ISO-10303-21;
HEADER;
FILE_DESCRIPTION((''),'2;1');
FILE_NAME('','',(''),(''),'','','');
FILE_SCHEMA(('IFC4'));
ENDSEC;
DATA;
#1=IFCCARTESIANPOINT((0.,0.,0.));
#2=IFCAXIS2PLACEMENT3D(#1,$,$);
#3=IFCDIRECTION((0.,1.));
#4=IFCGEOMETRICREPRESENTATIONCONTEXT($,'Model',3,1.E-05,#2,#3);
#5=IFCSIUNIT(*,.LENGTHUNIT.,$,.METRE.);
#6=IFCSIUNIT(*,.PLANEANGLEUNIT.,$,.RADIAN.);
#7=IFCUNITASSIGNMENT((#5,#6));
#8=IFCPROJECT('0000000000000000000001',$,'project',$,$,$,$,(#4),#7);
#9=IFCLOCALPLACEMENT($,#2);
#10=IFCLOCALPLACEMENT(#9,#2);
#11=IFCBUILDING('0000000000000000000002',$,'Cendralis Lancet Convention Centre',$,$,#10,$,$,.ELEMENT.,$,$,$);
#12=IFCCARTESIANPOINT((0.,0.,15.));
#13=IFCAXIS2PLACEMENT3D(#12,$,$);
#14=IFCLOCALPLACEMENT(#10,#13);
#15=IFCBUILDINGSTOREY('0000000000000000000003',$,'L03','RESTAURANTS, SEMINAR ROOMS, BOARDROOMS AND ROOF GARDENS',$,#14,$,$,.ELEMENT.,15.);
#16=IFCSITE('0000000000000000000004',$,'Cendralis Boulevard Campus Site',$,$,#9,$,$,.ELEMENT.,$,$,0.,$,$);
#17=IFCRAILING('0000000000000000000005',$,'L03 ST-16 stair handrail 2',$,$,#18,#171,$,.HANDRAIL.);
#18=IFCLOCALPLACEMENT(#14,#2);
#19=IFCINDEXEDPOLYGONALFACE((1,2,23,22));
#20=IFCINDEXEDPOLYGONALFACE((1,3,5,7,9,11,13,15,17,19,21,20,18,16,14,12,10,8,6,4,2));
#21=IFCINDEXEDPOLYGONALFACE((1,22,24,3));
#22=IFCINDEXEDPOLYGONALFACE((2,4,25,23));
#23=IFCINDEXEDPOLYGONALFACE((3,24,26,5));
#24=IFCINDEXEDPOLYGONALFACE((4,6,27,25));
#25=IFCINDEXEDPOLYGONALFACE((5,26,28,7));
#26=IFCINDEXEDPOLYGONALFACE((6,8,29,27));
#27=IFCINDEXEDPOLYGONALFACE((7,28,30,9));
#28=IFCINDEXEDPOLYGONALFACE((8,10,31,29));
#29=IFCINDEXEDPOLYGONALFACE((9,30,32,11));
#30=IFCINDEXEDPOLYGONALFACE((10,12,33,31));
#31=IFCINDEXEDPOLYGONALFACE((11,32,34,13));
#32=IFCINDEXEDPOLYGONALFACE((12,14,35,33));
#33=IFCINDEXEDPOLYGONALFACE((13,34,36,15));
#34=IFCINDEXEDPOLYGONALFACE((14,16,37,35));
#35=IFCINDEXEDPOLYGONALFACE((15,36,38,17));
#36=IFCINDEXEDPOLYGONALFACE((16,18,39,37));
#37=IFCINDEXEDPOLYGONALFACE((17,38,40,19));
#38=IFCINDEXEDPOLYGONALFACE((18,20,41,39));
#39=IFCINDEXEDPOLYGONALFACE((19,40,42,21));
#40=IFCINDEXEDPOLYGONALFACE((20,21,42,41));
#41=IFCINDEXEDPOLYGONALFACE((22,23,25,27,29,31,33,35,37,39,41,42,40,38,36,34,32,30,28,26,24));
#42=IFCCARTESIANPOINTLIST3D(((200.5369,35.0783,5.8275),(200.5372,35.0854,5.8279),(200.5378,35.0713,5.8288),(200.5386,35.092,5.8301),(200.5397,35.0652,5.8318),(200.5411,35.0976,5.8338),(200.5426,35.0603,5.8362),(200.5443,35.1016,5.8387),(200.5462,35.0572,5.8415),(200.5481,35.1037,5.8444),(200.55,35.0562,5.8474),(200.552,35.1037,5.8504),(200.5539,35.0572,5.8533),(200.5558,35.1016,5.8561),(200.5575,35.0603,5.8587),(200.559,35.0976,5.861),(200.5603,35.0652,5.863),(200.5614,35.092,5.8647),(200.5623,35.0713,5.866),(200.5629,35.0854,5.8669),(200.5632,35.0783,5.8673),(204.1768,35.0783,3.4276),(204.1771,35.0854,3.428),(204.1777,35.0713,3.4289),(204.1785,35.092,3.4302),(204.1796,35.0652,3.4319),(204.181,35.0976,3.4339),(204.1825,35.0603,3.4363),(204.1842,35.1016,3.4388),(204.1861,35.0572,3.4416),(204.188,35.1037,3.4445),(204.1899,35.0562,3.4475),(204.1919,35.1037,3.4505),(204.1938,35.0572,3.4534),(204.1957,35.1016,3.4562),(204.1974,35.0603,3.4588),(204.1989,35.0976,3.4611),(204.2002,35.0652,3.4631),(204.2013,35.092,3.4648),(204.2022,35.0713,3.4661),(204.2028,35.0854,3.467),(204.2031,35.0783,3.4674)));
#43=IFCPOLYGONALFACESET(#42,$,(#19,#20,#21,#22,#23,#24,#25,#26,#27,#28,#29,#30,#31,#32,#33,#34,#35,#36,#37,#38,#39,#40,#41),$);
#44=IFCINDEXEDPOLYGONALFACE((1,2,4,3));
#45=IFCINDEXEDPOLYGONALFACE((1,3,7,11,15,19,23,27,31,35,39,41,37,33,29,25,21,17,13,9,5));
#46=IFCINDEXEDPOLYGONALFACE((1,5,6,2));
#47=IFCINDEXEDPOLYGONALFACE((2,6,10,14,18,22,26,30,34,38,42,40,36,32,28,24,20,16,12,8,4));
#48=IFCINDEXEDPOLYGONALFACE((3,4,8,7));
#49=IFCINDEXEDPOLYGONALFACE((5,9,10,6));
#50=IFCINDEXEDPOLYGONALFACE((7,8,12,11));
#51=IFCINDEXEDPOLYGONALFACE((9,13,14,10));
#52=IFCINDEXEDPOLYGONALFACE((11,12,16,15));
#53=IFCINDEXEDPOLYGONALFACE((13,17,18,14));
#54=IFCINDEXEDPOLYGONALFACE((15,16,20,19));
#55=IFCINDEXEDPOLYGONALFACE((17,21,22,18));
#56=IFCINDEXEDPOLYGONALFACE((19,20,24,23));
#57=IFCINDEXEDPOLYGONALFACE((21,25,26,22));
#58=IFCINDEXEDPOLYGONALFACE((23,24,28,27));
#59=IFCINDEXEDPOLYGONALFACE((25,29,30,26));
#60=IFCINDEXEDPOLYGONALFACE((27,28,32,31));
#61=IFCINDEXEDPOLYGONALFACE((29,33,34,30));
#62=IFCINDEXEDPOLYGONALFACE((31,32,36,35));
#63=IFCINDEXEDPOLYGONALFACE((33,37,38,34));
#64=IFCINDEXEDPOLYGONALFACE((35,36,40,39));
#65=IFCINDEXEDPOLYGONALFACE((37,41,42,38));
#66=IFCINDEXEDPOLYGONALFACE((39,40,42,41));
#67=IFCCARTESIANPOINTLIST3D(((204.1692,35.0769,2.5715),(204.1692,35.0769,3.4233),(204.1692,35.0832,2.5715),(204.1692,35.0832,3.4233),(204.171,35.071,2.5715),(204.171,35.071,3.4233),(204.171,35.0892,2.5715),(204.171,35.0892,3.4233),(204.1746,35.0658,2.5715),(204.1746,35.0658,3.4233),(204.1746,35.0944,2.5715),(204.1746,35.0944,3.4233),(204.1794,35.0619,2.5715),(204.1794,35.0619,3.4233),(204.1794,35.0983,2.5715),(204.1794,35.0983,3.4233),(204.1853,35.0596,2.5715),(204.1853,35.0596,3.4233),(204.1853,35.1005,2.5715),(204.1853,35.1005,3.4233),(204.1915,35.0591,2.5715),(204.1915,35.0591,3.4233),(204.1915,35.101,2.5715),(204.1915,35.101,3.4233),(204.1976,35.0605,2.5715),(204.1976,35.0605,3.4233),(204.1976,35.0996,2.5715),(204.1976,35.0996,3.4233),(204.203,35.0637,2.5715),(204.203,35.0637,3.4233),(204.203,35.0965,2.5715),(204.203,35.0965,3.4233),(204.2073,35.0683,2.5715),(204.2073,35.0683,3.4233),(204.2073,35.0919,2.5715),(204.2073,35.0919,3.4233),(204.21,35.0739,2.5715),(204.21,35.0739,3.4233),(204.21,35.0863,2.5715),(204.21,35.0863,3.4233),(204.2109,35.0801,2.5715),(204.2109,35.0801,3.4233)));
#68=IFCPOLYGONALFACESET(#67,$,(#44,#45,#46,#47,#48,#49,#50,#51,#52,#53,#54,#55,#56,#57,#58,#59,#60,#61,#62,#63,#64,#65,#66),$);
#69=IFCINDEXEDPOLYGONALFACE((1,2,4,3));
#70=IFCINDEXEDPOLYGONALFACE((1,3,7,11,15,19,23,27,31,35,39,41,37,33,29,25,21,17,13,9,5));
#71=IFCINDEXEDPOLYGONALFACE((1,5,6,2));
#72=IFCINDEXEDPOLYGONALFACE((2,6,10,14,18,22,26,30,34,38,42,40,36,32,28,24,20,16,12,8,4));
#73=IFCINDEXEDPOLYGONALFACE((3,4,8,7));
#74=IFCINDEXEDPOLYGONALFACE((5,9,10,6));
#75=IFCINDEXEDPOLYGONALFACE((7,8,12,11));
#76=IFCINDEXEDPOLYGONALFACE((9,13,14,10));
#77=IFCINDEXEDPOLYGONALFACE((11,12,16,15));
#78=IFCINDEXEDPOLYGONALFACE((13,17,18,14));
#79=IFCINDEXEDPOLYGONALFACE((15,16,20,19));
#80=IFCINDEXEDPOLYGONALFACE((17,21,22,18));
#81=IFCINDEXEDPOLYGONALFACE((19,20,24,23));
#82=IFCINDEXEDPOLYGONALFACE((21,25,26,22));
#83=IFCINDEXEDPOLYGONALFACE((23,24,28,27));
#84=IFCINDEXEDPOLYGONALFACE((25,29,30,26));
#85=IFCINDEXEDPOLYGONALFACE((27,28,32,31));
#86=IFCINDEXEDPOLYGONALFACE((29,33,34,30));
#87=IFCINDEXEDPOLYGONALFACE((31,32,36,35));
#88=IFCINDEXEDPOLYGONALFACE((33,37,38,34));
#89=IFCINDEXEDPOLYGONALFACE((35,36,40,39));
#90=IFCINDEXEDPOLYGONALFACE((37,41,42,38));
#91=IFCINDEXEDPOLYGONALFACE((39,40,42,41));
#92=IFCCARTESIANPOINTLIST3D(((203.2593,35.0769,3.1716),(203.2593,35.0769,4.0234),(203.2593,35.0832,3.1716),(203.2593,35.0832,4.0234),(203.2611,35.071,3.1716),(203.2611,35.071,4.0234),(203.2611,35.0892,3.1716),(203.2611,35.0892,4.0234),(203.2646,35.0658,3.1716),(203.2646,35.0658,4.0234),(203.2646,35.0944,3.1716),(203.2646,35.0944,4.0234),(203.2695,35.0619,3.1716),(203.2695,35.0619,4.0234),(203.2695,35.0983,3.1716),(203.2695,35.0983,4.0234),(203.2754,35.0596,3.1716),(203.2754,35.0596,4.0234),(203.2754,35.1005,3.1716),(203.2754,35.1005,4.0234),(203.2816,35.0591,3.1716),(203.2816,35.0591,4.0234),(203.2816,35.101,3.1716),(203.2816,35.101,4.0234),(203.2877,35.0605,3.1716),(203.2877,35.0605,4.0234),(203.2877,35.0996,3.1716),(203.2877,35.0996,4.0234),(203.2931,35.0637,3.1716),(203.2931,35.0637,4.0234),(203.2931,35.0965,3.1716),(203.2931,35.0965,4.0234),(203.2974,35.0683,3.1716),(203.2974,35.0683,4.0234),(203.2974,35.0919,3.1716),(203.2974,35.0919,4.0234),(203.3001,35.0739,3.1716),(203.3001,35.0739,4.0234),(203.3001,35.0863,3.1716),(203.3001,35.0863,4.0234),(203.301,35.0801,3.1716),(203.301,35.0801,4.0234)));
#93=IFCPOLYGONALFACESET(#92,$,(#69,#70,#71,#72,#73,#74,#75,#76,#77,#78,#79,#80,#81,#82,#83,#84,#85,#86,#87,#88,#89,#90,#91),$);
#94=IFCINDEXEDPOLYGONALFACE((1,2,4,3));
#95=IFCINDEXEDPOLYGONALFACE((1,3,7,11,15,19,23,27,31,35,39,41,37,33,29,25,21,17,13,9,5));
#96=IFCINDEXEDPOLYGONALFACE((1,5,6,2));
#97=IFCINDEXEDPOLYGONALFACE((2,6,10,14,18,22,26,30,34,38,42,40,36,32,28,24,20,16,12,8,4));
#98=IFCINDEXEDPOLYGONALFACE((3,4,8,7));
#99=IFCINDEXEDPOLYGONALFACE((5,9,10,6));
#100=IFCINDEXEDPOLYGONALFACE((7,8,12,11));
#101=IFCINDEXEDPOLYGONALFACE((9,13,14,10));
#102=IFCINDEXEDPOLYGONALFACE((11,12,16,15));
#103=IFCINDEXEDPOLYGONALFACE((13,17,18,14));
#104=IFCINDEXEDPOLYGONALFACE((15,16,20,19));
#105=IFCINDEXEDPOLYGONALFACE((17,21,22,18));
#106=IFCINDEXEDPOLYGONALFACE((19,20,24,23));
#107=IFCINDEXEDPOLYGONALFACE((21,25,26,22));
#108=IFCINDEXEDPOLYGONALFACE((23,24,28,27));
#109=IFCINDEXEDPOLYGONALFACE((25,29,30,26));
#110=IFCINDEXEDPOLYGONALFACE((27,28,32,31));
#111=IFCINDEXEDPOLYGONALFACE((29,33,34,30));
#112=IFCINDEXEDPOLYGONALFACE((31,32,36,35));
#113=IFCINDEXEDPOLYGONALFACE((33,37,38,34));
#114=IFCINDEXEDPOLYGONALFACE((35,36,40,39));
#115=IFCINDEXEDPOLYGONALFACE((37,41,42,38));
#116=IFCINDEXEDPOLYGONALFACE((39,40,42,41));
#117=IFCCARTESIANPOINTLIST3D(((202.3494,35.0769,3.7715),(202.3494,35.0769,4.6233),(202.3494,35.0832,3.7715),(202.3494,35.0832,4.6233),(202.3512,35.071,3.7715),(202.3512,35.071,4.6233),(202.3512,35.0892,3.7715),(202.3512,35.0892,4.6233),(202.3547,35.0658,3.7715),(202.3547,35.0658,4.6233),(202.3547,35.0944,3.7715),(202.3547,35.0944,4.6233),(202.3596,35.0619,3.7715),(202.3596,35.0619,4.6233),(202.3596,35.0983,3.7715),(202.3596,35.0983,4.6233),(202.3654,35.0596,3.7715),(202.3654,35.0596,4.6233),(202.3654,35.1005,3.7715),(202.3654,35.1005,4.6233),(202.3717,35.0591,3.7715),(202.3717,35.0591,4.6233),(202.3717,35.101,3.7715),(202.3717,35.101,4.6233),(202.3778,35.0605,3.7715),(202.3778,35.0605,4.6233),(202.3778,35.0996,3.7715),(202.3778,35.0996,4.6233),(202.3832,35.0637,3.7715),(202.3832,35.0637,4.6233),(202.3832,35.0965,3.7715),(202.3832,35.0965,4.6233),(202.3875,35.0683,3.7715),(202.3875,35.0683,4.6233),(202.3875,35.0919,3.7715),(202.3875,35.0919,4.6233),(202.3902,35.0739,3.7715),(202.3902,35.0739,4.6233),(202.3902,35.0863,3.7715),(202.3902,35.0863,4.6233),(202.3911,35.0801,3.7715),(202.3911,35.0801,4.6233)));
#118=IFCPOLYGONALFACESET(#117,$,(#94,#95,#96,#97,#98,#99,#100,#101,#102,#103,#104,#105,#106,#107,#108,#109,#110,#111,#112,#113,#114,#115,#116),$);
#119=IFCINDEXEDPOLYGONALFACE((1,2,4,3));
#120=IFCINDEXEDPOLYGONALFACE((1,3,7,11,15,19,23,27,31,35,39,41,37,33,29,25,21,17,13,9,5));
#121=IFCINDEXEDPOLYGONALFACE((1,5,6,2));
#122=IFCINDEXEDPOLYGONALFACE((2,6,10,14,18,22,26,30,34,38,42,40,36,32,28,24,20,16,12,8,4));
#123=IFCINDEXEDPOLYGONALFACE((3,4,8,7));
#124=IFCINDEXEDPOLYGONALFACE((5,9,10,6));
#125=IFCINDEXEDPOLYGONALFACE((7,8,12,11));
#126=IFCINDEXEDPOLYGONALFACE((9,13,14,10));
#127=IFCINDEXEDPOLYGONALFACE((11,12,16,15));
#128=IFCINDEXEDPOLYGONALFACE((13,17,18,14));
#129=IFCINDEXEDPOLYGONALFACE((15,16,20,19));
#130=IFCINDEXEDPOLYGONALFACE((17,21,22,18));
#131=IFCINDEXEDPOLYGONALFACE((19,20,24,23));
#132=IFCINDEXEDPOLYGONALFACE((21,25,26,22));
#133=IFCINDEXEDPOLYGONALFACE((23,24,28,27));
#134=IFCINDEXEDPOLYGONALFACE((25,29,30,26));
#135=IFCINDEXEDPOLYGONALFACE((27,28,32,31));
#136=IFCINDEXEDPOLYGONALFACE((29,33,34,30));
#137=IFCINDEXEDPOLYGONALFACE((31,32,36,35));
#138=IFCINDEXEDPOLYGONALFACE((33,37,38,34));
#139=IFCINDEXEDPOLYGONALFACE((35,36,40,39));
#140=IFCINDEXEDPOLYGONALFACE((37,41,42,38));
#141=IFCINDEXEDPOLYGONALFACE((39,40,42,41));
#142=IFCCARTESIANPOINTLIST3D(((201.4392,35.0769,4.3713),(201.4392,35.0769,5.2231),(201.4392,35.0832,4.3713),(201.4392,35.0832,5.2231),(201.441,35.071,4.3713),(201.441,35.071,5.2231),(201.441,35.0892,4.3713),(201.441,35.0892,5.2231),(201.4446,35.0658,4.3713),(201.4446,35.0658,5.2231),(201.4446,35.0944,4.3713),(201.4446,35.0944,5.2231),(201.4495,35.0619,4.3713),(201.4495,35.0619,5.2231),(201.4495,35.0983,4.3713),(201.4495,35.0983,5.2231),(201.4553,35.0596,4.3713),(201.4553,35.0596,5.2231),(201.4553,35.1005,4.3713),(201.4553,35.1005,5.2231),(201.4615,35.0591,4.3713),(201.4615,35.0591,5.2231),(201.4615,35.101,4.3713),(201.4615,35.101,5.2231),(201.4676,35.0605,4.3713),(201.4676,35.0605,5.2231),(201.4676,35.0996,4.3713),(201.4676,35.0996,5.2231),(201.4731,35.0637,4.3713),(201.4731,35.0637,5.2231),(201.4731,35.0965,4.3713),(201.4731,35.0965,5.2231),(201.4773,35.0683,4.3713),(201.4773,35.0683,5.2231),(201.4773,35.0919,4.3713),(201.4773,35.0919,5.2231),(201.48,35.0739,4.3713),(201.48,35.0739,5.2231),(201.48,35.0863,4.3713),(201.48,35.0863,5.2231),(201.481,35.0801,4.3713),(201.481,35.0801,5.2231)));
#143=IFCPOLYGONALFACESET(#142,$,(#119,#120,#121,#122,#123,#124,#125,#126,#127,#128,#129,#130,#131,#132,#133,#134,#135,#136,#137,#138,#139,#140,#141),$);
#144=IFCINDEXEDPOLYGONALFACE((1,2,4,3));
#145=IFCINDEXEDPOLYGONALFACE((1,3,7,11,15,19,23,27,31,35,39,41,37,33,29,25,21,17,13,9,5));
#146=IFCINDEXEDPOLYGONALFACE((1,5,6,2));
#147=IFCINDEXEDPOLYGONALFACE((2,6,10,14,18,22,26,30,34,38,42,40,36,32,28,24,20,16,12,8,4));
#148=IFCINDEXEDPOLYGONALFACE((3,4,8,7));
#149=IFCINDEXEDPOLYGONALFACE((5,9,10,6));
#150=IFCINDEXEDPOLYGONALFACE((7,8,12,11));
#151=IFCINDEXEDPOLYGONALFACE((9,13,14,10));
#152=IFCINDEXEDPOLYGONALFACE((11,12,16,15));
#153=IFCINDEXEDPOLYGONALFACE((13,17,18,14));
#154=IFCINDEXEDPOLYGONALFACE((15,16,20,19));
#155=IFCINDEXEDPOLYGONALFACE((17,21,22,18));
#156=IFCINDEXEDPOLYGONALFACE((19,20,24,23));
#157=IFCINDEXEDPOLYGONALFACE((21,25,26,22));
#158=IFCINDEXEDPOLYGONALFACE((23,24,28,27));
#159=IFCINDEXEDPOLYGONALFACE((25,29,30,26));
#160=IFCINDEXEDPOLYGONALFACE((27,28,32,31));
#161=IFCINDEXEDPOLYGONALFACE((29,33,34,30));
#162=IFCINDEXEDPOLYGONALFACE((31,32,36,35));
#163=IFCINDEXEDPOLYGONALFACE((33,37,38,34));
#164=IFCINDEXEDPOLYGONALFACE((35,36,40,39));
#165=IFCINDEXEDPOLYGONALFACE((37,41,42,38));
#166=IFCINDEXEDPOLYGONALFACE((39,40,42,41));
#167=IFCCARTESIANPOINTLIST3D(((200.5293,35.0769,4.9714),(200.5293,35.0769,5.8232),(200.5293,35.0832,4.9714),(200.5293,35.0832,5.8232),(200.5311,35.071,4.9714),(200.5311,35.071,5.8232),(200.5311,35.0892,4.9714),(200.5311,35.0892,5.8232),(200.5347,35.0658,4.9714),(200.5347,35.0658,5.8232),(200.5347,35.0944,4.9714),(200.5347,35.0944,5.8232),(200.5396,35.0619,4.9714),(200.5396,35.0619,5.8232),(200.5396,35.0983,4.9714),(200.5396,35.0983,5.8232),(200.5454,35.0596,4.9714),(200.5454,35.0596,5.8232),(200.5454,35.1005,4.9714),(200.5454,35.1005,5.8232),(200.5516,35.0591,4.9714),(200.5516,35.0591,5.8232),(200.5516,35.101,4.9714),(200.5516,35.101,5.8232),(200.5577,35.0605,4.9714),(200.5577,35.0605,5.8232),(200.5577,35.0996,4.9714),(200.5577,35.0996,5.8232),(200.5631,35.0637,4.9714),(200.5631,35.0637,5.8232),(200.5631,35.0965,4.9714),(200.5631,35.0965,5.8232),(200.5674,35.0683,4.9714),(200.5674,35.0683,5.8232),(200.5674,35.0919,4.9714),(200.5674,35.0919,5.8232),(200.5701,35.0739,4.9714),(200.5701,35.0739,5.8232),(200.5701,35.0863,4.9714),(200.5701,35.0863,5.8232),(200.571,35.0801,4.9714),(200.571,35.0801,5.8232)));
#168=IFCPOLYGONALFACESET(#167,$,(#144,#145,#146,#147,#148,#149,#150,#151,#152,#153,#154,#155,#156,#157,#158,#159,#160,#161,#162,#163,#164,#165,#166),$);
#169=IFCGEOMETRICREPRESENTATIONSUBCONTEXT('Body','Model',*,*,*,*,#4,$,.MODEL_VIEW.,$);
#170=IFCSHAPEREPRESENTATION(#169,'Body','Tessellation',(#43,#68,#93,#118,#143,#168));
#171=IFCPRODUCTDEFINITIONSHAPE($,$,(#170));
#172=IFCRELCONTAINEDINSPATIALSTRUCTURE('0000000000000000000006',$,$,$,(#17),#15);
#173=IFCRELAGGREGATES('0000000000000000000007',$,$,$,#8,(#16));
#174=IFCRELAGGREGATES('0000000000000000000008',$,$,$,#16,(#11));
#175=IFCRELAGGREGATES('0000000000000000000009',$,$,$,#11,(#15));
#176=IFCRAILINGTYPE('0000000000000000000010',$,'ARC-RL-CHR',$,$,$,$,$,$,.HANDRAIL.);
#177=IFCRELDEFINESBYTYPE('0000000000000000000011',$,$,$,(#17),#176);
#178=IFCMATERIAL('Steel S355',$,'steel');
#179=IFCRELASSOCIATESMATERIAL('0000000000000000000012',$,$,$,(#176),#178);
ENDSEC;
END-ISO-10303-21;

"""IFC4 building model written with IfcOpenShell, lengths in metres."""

from ifc_helpers import new_model, si_unit, direction, frame, origin, origin_2d, place, context, subcontext, project, spatial, circle, extrude, material, type_object, element, save


model = new_model("IFC4")

# Units and contexts
model_context = context("Model", 3, precision=1e-05, world=origin(), true_north=direction((0.0, 1.0)))
body_context = subcontext(model_context, "Body", "Model", "MODEL_VIEW")
ifc_project = project(units=[si_unit("LENGTHUNIT", "METRE"), si_unit("PLANEANGLEUNIT", "RADIAN")], contexts=[model_context])

# Site, building, storey
site_placement = place(None, origin())
site = spatial("IfcSite", under=ifc_project, at=site_placement, Name="Cendralis Boulevard Campus Site", CompositionType="ELEMENT", RefElevation=0.0)
building_placement = place(site_placement, origin())
building = spatial("IfcBuilding", under=site, at=building_placement, Name="Cendralis Lancet Convention Centre", CompositionType="ELEMENT")
storey_placement = place(building_placement, frame((0.0, 0.0, 15.0)))
storey = spatial("IfcBuildingStorey", under=building, at=storey_placement, Name="L03", Description="RESTAURANTS, SEMINAR ROOMS, BOARDROOMS AND ROOF GARDENS", CompositionType="ELEMENT", Elevation=15.0)

# Shared definitions
ifc_material_1 = material(Name="Steel S355", Category="steel")

# Railing
railing_type_1 = type_object("IfcRailingType", Name="ARC-RL-CHR", PredefinedType="HANDRAIL", material=ifc_material_1)
railing_1_placement = place(storey_placement, frame((204.1899, 35.0801, 2.5715)))
element("IfcRailing", 1, at=railing_1_placement, inside=storey, type_object=railing_type_1, Name="L03 ST-16 stair handrail 2", PredefinedType="HANDRAIL", context=body_context, shape_type="SweptSolid", body=[
    extrude(circle(Radius=0.0239, at=origin_2d()), frame((0.0, 0.0, 0.876), z_axis=(-0.834865, 0.0, 0.550454), x_axis=(0.0, -1.0, 0.0)), (0.0, 0.0, 1.0), 4.3599),
    extrude(circle(Radius=0.021, at=origin_2d()), origin(), (0.0, 0.0, 1.0), 0.8518),
    extrude(circle(Radius=0.021, at=origin_2d()), frame((-0.9099, 0.0, 0.6001)), (0.0, 0.0, 1.0), 0.8518),
    extrude(circle(Radius=0.021, at=origin_2d()), frame((-1.8198, 0.0, 1.2)), (0.0, 0.0, 1.0), 0.8518),
    extrude(circle(Radius=0.021, at=origin_2d()), frame((-2.73, 0.0, 1.7998)), (0.0, 0.0, 1.0), 0.8518),
    extrude(circle(Radius=0.021, at=origin_2d()), frame((-3.6399, 0.0, 2.3999)), (0.0, 0.0, 1.0), 0.8518),
])

save(model, "model.ifc")
